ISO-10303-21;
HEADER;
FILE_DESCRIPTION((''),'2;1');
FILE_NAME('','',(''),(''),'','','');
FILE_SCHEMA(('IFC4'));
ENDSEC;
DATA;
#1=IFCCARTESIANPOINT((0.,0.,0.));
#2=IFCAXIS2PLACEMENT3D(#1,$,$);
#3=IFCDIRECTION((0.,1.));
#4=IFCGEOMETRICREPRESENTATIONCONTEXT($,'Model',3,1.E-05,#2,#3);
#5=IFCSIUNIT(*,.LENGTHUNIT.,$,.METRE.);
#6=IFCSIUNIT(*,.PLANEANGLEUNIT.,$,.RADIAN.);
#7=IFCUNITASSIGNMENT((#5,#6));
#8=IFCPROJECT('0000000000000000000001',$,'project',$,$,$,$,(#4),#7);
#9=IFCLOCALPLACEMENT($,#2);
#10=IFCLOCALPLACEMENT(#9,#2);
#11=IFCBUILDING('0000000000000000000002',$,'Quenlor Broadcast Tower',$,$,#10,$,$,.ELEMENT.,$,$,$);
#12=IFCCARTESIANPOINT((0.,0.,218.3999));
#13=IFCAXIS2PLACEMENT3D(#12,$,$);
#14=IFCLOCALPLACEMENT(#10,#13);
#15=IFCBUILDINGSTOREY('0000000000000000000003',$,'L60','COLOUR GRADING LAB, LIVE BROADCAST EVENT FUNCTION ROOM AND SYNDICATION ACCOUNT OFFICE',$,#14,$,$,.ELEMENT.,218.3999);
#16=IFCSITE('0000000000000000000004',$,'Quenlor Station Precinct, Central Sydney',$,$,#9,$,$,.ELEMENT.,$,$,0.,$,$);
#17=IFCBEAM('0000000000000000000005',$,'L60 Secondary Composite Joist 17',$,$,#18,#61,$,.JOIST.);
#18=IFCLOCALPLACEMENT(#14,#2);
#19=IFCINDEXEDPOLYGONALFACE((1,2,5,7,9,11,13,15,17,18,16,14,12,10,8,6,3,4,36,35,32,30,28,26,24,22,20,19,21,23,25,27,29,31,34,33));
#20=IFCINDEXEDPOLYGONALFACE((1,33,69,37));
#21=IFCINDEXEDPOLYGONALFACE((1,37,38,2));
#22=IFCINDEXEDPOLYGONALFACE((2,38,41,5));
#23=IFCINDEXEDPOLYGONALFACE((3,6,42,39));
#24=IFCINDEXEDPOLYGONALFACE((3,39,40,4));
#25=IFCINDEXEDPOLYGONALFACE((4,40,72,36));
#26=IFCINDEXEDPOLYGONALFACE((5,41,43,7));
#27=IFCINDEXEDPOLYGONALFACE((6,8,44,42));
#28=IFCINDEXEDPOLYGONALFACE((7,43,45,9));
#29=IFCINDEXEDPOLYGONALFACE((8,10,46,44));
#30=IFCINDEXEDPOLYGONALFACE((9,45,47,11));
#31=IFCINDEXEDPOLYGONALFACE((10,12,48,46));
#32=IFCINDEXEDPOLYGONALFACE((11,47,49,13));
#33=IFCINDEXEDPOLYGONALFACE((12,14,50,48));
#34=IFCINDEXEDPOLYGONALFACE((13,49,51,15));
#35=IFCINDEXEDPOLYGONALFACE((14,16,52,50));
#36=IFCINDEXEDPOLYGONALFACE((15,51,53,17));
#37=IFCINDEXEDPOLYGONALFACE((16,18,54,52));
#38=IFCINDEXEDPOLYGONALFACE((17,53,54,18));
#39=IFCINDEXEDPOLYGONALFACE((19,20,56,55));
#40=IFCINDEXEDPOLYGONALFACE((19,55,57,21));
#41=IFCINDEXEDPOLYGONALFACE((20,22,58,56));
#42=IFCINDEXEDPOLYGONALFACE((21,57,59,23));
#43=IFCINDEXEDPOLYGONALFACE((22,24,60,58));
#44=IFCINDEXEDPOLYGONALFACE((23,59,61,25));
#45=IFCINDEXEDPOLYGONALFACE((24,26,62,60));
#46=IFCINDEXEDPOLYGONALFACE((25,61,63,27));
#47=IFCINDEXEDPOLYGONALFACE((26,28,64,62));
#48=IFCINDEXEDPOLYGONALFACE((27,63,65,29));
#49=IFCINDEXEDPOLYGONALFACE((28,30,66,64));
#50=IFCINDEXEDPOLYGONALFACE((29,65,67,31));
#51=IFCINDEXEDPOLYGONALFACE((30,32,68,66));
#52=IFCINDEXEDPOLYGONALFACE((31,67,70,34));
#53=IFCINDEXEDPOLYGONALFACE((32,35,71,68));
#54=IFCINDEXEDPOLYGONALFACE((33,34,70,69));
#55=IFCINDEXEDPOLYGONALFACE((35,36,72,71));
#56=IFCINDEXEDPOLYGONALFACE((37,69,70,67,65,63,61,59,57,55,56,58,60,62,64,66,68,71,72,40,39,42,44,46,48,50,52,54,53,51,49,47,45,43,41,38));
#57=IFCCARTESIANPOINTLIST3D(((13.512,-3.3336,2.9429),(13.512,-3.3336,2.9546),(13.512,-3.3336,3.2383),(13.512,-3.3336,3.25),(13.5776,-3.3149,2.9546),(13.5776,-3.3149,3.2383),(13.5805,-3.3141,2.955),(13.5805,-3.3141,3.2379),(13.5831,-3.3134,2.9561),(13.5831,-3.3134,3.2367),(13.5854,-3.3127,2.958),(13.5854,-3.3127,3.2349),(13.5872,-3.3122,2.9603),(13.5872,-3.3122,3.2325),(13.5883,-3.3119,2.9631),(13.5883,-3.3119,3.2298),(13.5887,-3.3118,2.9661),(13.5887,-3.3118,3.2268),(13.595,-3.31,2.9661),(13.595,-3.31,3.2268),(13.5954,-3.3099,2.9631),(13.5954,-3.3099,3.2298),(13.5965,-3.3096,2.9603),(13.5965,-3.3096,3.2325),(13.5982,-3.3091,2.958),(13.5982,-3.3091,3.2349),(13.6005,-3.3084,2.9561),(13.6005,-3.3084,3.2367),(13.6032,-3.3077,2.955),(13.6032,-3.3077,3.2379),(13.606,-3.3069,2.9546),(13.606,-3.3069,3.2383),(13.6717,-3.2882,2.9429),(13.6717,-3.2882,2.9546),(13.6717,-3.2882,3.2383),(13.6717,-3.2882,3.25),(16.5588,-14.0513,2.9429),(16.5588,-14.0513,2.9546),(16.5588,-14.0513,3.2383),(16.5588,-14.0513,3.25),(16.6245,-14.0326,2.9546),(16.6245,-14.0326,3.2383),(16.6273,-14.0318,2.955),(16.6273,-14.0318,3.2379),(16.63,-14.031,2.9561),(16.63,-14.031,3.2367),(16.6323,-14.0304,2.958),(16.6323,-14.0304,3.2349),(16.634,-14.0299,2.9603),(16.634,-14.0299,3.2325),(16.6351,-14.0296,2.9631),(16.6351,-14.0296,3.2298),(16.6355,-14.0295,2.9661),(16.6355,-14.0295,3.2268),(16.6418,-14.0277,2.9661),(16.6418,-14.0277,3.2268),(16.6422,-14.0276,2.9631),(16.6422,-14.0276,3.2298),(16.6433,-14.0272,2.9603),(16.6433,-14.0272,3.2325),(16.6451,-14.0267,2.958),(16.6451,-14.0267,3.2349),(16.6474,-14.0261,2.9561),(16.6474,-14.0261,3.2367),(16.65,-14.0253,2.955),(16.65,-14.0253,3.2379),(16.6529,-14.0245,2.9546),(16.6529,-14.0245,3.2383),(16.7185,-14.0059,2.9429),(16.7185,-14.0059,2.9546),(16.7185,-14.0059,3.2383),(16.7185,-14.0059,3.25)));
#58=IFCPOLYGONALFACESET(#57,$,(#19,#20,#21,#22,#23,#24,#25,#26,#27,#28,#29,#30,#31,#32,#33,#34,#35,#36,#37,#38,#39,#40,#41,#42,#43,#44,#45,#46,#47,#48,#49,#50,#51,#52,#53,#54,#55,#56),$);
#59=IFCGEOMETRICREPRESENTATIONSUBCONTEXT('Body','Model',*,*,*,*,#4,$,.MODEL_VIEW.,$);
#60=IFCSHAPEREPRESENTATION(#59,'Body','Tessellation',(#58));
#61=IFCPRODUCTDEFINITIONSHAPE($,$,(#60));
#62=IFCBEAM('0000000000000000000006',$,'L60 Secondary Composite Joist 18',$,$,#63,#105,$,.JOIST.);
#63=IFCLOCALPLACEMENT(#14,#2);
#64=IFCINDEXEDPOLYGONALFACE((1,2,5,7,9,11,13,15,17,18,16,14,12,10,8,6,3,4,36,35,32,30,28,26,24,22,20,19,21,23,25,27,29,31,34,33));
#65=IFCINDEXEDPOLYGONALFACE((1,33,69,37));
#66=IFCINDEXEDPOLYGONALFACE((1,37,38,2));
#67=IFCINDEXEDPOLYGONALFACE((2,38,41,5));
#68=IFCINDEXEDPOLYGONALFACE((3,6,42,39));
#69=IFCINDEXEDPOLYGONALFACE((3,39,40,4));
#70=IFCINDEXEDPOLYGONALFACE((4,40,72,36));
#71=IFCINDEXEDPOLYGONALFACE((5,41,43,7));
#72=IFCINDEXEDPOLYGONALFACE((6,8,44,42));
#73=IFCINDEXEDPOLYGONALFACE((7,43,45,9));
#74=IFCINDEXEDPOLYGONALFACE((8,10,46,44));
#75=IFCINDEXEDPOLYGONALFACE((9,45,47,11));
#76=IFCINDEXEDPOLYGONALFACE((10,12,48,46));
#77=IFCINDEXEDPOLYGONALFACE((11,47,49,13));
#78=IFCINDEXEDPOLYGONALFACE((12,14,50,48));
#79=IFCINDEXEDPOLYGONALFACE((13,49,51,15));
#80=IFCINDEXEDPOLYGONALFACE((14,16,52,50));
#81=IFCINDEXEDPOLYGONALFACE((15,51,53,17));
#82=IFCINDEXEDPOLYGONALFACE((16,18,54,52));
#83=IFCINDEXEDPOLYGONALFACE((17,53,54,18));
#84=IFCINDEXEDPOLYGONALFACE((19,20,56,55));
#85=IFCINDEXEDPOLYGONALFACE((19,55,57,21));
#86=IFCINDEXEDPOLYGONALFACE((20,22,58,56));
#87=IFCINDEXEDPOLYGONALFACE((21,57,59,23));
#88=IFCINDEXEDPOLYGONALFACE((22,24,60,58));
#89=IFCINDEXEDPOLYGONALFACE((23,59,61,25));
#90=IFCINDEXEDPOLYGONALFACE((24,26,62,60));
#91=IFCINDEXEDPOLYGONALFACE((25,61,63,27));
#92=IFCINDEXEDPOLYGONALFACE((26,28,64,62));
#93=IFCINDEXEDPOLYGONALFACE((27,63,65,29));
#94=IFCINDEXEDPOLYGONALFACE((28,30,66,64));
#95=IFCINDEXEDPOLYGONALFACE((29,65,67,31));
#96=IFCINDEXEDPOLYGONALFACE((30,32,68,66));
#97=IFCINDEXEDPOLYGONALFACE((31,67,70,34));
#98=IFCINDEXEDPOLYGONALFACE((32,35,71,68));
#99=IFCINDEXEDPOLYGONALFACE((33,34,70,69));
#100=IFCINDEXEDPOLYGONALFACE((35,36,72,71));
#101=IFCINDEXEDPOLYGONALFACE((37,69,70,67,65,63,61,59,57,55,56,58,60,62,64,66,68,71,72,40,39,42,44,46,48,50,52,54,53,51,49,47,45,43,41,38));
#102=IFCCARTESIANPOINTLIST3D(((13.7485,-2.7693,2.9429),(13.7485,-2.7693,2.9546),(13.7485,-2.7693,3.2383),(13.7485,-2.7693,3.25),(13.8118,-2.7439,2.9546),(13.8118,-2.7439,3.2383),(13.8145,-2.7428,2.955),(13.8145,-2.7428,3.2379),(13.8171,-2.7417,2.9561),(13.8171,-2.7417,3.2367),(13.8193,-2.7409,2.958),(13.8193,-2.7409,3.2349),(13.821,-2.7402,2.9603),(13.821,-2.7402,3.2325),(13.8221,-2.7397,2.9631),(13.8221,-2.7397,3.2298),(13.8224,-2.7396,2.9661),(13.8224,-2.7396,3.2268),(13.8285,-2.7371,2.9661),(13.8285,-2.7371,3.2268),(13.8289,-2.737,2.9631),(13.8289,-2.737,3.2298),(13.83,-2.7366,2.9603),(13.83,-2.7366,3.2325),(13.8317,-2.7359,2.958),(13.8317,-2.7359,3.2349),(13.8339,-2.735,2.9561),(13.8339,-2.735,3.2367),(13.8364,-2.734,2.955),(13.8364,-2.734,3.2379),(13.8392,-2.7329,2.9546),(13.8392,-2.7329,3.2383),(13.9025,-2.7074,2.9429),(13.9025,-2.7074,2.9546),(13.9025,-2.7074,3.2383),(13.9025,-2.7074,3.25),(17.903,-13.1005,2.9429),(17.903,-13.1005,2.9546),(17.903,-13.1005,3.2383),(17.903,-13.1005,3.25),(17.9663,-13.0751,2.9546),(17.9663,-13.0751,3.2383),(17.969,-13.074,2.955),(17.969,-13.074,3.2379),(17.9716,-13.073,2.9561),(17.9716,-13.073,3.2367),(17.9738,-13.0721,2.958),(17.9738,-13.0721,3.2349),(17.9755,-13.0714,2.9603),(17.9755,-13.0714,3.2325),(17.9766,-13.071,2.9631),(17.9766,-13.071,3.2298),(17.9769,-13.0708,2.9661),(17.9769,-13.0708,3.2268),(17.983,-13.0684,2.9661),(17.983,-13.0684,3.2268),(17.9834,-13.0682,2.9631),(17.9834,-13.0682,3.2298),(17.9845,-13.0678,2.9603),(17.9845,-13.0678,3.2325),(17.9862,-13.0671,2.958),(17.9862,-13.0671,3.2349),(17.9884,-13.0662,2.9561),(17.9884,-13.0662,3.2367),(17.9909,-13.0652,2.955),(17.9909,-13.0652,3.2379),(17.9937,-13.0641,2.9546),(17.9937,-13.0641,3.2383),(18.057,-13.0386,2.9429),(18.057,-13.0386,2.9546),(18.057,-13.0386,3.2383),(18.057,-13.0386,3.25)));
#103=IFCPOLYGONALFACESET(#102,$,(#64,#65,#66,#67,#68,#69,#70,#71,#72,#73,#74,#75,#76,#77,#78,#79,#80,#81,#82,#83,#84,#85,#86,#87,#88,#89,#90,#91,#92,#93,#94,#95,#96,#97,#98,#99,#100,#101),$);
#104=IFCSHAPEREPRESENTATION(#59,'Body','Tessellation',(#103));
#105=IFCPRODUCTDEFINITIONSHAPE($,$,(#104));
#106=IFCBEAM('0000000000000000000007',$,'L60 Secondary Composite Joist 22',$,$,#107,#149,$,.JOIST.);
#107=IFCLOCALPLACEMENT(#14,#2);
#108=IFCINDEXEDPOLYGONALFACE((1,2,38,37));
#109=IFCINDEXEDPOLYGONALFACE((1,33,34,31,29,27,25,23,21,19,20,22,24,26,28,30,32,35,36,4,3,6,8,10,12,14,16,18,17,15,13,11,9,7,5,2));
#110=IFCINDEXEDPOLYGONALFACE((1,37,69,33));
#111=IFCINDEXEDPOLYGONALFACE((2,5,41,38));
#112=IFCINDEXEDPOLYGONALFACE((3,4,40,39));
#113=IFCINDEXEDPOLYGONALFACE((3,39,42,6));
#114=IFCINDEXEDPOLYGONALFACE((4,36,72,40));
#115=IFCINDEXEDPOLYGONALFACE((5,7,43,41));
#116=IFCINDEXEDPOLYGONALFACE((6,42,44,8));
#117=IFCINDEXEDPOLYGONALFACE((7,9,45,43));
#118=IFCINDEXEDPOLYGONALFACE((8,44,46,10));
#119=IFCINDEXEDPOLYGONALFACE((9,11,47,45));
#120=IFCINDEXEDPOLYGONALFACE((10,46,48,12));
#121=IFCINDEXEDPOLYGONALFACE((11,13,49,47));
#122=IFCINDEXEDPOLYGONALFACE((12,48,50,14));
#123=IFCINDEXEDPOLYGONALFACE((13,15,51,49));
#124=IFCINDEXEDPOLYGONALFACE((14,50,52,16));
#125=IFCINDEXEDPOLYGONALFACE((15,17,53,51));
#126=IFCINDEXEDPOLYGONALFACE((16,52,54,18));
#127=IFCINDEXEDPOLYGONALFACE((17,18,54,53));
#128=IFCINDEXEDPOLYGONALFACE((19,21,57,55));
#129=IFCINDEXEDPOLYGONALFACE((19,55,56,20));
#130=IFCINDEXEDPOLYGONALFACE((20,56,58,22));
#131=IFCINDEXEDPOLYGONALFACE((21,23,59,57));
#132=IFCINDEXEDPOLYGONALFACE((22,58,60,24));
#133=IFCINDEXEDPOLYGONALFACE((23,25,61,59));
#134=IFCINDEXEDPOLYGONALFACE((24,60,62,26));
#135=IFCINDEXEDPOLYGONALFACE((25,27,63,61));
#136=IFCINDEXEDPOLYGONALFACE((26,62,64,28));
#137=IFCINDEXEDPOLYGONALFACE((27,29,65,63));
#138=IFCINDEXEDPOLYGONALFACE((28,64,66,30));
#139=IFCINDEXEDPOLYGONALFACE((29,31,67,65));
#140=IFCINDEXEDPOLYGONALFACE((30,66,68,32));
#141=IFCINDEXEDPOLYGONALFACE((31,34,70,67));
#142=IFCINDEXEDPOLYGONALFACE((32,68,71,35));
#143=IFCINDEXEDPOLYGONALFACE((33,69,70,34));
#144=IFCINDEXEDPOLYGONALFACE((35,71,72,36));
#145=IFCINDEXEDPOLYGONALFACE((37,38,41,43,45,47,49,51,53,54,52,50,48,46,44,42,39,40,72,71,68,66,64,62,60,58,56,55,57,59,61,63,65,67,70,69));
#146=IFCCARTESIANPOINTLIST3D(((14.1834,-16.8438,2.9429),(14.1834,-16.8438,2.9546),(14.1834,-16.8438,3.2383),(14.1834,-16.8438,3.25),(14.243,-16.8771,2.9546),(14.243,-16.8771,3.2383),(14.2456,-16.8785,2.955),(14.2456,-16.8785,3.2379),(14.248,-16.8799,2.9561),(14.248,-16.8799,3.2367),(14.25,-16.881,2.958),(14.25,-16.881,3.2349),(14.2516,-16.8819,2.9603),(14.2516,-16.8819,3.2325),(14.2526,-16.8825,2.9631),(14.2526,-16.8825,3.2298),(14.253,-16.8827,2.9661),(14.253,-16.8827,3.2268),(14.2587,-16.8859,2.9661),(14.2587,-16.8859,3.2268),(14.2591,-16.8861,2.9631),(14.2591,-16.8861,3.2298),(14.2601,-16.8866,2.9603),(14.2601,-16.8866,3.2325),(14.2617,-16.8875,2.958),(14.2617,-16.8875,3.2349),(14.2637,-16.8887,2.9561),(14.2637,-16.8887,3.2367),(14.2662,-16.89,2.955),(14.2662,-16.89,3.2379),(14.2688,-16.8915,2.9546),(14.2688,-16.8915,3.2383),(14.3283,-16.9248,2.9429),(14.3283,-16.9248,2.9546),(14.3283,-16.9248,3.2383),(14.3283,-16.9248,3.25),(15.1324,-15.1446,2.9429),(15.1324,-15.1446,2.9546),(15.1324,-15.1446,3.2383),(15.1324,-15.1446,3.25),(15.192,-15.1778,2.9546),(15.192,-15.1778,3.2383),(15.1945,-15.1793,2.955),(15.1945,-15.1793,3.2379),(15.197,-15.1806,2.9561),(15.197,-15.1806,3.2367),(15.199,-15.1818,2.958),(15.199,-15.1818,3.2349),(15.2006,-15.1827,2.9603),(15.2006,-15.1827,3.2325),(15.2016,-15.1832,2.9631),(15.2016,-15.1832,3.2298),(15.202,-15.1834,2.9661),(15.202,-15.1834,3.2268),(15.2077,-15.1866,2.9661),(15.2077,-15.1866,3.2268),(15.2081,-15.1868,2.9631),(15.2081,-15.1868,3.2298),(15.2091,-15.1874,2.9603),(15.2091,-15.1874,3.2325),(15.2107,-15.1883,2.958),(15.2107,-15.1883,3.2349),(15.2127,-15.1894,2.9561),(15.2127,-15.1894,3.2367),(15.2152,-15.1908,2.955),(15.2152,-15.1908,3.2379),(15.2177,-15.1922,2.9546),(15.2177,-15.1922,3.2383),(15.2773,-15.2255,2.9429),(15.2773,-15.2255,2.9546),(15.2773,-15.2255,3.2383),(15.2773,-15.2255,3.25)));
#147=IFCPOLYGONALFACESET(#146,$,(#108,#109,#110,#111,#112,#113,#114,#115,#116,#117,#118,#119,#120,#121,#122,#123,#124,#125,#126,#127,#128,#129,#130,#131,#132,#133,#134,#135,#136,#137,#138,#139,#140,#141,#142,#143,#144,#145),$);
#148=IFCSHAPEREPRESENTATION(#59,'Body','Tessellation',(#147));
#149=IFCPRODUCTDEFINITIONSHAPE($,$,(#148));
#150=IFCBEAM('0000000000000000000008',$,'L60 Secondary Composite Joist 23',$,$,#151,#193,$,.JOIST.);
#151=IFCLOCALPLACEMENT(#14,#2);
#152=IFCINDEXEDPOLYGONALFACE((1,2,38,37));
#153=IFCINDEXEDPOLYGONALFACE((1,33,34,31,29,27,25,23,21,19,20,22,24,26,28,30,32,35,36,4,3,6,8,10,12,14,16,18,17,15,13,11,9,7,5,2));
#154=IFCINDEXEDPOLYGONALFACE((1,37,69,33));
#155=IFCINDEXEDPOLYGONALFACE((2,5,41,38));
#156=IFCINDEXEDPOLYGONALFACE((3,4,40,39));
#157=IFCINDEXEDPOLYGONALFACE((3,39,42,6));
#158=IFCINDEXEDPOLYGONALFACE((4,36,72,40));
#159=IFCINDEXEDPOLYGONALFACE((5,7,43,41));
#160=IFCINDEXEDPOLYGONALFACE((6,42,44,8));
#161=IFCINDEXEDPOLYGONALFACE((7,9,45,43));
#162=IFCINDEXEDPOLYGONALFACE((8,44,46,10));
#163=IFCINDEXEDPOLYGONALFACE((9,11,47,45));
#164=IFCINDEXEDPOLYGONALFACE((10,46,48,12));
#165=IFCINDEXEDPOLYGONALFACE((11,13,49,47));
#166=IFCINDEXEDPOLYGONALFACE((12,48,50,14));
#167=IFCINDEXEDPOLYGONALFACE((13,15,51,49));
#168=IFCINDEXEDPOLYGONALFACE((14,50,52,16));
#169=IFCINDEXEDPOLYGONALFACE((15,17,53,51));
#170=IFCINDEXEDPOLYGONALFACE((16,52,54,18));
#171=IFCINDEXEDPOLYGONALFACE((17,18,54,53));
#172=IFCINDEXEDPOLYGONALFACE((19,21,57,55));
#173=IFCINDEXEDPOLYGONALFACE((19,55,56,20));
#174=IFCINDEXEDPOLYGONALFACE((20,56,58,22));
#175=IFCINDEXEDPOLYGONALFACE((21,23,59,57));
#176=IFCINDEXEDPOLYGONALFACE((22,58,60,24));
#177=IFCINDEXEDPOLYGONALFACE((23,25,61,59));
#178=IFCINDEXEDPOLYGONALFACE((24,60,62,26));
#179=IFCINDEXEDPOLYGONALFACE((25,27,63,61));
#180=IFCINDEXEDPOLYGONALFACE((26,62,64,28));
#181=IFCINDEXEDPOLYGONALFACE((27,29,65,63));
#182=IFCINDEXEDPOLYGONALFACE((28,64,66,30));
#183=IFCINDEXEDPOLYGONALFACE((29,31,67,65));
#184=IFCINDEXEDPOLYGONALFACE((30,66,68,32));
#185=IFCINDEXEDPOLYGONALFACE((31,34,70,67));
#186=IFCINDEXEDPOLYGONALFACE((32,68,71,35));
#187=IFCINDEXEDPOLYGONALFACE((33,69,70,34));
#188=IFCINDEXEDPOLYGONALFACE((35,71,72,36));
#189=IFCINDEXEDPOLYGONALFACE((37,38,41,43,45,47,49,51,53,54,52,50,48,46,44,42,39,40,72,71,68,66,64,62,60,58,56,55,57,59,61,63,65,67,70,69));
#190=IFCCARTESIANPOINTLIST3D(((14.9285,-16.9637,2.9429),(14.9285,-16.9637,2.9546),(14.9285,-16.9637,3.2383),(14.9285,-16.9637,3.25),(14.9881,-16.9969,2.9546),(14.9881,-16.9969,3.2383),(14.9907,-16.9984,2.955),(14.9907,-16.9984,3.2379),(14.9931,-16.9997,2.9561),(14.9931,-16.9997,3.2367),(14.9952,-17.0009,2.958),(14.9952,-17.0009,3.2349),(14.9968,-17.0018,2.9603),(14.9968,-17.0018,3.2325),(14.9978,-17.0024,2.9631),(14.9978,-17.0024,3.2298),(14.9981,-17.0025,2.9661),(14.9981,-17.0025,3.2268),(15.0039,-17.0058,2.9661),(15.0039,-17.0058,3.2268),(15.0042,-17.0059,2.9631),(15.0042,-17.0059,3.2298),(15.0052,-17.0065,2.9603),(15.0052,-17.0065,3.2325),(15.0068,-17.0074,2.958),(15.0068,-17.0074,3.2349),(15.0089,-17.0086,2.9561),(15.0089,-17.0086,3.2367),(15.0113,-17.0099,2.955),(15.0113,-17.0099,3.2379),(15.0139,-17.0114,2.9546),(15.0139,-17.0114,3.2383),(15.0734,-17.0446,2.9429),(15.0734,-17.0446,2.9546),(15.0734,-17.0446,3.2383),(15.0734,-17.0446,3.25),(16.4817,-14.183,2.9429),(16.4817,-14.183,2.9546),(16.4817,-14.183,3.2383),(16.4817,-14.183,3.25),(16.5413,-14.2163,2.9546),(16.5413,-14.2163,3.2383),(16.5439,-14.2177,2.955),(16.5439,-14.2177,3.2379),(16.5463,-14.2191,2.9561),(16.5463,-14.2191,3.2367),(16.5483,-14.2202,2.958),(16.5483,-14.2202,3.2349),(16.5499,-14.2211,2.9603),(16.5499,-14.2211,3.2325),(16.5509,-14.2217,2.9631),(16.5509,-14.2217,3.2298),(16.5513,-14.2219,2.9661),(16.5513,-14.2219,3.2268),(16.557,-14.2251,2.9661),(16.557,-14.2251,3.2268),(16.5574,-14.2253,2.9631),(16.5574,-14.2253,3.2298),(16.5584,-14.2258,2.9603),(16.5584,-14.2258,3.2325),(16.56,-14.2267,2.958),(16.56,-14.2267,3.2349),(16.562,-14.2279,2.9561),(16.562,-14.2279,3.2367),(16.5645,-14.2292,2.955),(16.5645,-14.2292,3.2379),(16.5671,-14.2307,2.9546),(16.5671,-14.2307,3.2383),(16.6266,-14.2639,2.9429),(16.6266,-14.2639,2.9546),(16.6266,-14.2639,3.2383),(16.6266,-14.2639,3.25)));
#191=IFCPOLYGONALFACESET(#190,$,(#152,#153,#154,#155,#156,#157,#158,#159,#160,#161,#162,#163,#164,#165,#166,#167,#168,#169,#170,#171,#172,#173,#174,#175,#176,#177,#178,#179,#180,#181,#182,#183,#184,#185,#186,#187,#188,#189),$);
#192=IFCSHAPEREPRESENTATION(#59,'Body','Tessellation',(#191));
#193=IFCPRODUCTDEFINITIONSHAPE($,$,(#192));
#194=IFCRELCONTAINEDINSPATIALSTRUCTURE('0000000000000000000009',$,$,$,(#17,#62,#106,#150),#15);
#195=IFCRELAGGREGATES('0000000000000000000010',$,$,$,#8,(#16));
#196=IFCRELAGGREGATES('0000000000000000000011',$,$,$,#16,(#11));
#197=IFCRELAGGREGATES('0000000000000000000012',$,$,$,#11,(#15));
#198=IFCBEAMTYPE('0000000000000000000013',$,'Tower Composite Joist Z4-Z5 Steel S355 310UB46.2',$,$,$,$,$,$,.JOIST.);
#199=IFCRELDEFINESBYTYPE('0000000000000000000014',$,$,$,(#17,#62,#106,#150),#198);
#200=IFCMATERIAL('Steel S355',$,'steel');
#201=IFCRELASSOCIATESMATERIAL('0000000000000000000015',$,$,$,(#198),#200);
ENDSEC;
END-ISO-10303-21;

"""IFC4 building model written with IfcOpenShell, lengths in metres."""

from ifc_helpers import new_model, si_unit, direction, frame, origin, origin_2d, place, context, subcontext, project, spatial, i_section, extrude, material, material_profile, profile_set, type_object, element, save


model = new_model("IFC4")

# Units and contexts
model_context = context("Model", 3, precision=1e-05, world=origin(), true_north=direction((0.0, 1.0)))
body_context = subcontext(model_context, "Body", "Model", "MODEL_VIEW")
ifc_project = project(units=[si_unit("LENGTHUNIT", "METRE"), si_unit("PLANEANGLEUNIT", "RADIAN")], contexts=[model_context])

# Site, building, storey
site_placement = place(None, origin())
site = spatial("IfcSite", under=ifc_project, at=site_placement, Name="Quenlor Station Precinct, Central Sydney", CompositionType="ELEMENT", RefElevation=0.0)
building_placement = place(site_placement, origin())
building = spatial("IfcBuilding", under=site, at=building_placement, Name="Quenlor Broadcast Tower", CompositionType="ELEMENT")
storey_placement = place(building_placement, frame((0.0, 0.0, 218.3999)))
storey = spatial("IfcBuildingStorey", under=building, at=storey_placement, Name="L60", Description="COLOUR GRADING LAB, LIVE BROADCAST EVENT FUNCTION ROOM AND SYNDICATION ACCOUNT OFFICE", CompositionType="ELEMENT", Elevation=218.3999)

# Beams
ifc_material_1 = material(Name="Steel S355", Category="steel")
ifc_material_profile_1 = material_profile(ifc_material_1, i_section(OverallWidth=0.166, OverallDepth=0.3071, WebThickness=0.0066, FlangeThickness=0.0117, FilletRadius=0.0115, at=origin_2d()))
ifc_profile_set_1 = profile_set([ifc_material_profile_1], Name="Steel S355 310UB46.2")
beam_type_1 = type_object("IfcBeamType", Name="Tower Composite Joist Z4-Z5 Steel S355 310UB46.2", PredefinedType="JOIST", material=ifc_profile_set_1)
beam_1_placement = place(storey_placement, frame((16.6387, -14.0286, 3.0964), z_axis=(-0.273448, 0.961887, 0.0), x_axis=(-0.961887, -0.273448, 0.0)))
element("IfcBeam", 1, at=beam_1_placement, inside=storey, type_object=beam_type_1, Name="L60 Secondary Composite Joist 17", PredefinedType="JOIST", context=body_context, shape_type="SweptSolid", body=[
    extrude(i_section(OverallWidth=0.166, OverallDepth=0.3071, WebThickness=0.0066, FlangeThickness=0.0117, FilletRadius=0.0115, at=origin_2d()), origin(), (0.0, 0.0, 1.0), 11.1423),
])
beam_2_placement = place(storey_placement, frame((17.98, -13.0696, 3.0964), z_axis=(-0.373095, 0.927793, 0.0), x_axis=(-0.927793, -0.373095, 0.0)))
element("IfcBeam", 2, at=beam_2_placement, inside=storey, type_object=beam_type_1, Name="L60 Secondary Composite Joist 18", PredefinedType="JOIST", context=body_context, shape_type="SweptSolid", body=[
    extrude(i_section(OverallWidth=0.166, OverallDepth=0.3071, WebThickness=0.0066, FlangeThickness=0.0117, FilletRadius=0.0115, at=origin_2d()), origin(), (0.0, 0.0, 1.0), 11.1353),
])
beam_3_placement = place(storey_placement, frame((14.2559, -16.8843, 3.0964), z_axis=(0.487591, 0.873072, 0.0), x_axis=(-0.873072, 0.487591, 0.0)))
element("IfcBeam", 3, at=beam_3_placement, inside=storey, type_object=beam_type_1, Name="L60 Secondary Composite Joist 22", PredefinedType="JOIST", context=body_context, shape_type="SweptSolid", body=[
    extrude(i_section(OverallWidth=0.166, OverallDepth=0.3071, WebThickness=0.0066, FlangeThickness=0.0117, FilletRadius=0.0115, at=origin_2d()), origin(), (0.0, 0.0, 1.0), 1.9463),
])
beam_4_placement = place(storey_placement, frame((15.001, -17.0042, 3.0964), z_axis=(0.487646, 0.873041, 0.0), x_axis=(-0.873041, 0.487646, 0.0)))
element("IfcBeam", 4, at=beam_4_placement, inside=storey, type_object=beam_type_1, Name="L60 Secondary Composite Joist 23", PredefinedType="JOIST", context=body_context, shape_type="SweptSolid", body=[
    extrude(i_section(OverallWidth=0.166, OverallDepth=0.3071, WebThickness=0.0066, FlangeThickness=0.0117, FilletRadius=0.0115, at=origin_2d()), origin(), (0.0, 0.0, 1.0), 3.1851),
])

save(model, "model.ifc")
